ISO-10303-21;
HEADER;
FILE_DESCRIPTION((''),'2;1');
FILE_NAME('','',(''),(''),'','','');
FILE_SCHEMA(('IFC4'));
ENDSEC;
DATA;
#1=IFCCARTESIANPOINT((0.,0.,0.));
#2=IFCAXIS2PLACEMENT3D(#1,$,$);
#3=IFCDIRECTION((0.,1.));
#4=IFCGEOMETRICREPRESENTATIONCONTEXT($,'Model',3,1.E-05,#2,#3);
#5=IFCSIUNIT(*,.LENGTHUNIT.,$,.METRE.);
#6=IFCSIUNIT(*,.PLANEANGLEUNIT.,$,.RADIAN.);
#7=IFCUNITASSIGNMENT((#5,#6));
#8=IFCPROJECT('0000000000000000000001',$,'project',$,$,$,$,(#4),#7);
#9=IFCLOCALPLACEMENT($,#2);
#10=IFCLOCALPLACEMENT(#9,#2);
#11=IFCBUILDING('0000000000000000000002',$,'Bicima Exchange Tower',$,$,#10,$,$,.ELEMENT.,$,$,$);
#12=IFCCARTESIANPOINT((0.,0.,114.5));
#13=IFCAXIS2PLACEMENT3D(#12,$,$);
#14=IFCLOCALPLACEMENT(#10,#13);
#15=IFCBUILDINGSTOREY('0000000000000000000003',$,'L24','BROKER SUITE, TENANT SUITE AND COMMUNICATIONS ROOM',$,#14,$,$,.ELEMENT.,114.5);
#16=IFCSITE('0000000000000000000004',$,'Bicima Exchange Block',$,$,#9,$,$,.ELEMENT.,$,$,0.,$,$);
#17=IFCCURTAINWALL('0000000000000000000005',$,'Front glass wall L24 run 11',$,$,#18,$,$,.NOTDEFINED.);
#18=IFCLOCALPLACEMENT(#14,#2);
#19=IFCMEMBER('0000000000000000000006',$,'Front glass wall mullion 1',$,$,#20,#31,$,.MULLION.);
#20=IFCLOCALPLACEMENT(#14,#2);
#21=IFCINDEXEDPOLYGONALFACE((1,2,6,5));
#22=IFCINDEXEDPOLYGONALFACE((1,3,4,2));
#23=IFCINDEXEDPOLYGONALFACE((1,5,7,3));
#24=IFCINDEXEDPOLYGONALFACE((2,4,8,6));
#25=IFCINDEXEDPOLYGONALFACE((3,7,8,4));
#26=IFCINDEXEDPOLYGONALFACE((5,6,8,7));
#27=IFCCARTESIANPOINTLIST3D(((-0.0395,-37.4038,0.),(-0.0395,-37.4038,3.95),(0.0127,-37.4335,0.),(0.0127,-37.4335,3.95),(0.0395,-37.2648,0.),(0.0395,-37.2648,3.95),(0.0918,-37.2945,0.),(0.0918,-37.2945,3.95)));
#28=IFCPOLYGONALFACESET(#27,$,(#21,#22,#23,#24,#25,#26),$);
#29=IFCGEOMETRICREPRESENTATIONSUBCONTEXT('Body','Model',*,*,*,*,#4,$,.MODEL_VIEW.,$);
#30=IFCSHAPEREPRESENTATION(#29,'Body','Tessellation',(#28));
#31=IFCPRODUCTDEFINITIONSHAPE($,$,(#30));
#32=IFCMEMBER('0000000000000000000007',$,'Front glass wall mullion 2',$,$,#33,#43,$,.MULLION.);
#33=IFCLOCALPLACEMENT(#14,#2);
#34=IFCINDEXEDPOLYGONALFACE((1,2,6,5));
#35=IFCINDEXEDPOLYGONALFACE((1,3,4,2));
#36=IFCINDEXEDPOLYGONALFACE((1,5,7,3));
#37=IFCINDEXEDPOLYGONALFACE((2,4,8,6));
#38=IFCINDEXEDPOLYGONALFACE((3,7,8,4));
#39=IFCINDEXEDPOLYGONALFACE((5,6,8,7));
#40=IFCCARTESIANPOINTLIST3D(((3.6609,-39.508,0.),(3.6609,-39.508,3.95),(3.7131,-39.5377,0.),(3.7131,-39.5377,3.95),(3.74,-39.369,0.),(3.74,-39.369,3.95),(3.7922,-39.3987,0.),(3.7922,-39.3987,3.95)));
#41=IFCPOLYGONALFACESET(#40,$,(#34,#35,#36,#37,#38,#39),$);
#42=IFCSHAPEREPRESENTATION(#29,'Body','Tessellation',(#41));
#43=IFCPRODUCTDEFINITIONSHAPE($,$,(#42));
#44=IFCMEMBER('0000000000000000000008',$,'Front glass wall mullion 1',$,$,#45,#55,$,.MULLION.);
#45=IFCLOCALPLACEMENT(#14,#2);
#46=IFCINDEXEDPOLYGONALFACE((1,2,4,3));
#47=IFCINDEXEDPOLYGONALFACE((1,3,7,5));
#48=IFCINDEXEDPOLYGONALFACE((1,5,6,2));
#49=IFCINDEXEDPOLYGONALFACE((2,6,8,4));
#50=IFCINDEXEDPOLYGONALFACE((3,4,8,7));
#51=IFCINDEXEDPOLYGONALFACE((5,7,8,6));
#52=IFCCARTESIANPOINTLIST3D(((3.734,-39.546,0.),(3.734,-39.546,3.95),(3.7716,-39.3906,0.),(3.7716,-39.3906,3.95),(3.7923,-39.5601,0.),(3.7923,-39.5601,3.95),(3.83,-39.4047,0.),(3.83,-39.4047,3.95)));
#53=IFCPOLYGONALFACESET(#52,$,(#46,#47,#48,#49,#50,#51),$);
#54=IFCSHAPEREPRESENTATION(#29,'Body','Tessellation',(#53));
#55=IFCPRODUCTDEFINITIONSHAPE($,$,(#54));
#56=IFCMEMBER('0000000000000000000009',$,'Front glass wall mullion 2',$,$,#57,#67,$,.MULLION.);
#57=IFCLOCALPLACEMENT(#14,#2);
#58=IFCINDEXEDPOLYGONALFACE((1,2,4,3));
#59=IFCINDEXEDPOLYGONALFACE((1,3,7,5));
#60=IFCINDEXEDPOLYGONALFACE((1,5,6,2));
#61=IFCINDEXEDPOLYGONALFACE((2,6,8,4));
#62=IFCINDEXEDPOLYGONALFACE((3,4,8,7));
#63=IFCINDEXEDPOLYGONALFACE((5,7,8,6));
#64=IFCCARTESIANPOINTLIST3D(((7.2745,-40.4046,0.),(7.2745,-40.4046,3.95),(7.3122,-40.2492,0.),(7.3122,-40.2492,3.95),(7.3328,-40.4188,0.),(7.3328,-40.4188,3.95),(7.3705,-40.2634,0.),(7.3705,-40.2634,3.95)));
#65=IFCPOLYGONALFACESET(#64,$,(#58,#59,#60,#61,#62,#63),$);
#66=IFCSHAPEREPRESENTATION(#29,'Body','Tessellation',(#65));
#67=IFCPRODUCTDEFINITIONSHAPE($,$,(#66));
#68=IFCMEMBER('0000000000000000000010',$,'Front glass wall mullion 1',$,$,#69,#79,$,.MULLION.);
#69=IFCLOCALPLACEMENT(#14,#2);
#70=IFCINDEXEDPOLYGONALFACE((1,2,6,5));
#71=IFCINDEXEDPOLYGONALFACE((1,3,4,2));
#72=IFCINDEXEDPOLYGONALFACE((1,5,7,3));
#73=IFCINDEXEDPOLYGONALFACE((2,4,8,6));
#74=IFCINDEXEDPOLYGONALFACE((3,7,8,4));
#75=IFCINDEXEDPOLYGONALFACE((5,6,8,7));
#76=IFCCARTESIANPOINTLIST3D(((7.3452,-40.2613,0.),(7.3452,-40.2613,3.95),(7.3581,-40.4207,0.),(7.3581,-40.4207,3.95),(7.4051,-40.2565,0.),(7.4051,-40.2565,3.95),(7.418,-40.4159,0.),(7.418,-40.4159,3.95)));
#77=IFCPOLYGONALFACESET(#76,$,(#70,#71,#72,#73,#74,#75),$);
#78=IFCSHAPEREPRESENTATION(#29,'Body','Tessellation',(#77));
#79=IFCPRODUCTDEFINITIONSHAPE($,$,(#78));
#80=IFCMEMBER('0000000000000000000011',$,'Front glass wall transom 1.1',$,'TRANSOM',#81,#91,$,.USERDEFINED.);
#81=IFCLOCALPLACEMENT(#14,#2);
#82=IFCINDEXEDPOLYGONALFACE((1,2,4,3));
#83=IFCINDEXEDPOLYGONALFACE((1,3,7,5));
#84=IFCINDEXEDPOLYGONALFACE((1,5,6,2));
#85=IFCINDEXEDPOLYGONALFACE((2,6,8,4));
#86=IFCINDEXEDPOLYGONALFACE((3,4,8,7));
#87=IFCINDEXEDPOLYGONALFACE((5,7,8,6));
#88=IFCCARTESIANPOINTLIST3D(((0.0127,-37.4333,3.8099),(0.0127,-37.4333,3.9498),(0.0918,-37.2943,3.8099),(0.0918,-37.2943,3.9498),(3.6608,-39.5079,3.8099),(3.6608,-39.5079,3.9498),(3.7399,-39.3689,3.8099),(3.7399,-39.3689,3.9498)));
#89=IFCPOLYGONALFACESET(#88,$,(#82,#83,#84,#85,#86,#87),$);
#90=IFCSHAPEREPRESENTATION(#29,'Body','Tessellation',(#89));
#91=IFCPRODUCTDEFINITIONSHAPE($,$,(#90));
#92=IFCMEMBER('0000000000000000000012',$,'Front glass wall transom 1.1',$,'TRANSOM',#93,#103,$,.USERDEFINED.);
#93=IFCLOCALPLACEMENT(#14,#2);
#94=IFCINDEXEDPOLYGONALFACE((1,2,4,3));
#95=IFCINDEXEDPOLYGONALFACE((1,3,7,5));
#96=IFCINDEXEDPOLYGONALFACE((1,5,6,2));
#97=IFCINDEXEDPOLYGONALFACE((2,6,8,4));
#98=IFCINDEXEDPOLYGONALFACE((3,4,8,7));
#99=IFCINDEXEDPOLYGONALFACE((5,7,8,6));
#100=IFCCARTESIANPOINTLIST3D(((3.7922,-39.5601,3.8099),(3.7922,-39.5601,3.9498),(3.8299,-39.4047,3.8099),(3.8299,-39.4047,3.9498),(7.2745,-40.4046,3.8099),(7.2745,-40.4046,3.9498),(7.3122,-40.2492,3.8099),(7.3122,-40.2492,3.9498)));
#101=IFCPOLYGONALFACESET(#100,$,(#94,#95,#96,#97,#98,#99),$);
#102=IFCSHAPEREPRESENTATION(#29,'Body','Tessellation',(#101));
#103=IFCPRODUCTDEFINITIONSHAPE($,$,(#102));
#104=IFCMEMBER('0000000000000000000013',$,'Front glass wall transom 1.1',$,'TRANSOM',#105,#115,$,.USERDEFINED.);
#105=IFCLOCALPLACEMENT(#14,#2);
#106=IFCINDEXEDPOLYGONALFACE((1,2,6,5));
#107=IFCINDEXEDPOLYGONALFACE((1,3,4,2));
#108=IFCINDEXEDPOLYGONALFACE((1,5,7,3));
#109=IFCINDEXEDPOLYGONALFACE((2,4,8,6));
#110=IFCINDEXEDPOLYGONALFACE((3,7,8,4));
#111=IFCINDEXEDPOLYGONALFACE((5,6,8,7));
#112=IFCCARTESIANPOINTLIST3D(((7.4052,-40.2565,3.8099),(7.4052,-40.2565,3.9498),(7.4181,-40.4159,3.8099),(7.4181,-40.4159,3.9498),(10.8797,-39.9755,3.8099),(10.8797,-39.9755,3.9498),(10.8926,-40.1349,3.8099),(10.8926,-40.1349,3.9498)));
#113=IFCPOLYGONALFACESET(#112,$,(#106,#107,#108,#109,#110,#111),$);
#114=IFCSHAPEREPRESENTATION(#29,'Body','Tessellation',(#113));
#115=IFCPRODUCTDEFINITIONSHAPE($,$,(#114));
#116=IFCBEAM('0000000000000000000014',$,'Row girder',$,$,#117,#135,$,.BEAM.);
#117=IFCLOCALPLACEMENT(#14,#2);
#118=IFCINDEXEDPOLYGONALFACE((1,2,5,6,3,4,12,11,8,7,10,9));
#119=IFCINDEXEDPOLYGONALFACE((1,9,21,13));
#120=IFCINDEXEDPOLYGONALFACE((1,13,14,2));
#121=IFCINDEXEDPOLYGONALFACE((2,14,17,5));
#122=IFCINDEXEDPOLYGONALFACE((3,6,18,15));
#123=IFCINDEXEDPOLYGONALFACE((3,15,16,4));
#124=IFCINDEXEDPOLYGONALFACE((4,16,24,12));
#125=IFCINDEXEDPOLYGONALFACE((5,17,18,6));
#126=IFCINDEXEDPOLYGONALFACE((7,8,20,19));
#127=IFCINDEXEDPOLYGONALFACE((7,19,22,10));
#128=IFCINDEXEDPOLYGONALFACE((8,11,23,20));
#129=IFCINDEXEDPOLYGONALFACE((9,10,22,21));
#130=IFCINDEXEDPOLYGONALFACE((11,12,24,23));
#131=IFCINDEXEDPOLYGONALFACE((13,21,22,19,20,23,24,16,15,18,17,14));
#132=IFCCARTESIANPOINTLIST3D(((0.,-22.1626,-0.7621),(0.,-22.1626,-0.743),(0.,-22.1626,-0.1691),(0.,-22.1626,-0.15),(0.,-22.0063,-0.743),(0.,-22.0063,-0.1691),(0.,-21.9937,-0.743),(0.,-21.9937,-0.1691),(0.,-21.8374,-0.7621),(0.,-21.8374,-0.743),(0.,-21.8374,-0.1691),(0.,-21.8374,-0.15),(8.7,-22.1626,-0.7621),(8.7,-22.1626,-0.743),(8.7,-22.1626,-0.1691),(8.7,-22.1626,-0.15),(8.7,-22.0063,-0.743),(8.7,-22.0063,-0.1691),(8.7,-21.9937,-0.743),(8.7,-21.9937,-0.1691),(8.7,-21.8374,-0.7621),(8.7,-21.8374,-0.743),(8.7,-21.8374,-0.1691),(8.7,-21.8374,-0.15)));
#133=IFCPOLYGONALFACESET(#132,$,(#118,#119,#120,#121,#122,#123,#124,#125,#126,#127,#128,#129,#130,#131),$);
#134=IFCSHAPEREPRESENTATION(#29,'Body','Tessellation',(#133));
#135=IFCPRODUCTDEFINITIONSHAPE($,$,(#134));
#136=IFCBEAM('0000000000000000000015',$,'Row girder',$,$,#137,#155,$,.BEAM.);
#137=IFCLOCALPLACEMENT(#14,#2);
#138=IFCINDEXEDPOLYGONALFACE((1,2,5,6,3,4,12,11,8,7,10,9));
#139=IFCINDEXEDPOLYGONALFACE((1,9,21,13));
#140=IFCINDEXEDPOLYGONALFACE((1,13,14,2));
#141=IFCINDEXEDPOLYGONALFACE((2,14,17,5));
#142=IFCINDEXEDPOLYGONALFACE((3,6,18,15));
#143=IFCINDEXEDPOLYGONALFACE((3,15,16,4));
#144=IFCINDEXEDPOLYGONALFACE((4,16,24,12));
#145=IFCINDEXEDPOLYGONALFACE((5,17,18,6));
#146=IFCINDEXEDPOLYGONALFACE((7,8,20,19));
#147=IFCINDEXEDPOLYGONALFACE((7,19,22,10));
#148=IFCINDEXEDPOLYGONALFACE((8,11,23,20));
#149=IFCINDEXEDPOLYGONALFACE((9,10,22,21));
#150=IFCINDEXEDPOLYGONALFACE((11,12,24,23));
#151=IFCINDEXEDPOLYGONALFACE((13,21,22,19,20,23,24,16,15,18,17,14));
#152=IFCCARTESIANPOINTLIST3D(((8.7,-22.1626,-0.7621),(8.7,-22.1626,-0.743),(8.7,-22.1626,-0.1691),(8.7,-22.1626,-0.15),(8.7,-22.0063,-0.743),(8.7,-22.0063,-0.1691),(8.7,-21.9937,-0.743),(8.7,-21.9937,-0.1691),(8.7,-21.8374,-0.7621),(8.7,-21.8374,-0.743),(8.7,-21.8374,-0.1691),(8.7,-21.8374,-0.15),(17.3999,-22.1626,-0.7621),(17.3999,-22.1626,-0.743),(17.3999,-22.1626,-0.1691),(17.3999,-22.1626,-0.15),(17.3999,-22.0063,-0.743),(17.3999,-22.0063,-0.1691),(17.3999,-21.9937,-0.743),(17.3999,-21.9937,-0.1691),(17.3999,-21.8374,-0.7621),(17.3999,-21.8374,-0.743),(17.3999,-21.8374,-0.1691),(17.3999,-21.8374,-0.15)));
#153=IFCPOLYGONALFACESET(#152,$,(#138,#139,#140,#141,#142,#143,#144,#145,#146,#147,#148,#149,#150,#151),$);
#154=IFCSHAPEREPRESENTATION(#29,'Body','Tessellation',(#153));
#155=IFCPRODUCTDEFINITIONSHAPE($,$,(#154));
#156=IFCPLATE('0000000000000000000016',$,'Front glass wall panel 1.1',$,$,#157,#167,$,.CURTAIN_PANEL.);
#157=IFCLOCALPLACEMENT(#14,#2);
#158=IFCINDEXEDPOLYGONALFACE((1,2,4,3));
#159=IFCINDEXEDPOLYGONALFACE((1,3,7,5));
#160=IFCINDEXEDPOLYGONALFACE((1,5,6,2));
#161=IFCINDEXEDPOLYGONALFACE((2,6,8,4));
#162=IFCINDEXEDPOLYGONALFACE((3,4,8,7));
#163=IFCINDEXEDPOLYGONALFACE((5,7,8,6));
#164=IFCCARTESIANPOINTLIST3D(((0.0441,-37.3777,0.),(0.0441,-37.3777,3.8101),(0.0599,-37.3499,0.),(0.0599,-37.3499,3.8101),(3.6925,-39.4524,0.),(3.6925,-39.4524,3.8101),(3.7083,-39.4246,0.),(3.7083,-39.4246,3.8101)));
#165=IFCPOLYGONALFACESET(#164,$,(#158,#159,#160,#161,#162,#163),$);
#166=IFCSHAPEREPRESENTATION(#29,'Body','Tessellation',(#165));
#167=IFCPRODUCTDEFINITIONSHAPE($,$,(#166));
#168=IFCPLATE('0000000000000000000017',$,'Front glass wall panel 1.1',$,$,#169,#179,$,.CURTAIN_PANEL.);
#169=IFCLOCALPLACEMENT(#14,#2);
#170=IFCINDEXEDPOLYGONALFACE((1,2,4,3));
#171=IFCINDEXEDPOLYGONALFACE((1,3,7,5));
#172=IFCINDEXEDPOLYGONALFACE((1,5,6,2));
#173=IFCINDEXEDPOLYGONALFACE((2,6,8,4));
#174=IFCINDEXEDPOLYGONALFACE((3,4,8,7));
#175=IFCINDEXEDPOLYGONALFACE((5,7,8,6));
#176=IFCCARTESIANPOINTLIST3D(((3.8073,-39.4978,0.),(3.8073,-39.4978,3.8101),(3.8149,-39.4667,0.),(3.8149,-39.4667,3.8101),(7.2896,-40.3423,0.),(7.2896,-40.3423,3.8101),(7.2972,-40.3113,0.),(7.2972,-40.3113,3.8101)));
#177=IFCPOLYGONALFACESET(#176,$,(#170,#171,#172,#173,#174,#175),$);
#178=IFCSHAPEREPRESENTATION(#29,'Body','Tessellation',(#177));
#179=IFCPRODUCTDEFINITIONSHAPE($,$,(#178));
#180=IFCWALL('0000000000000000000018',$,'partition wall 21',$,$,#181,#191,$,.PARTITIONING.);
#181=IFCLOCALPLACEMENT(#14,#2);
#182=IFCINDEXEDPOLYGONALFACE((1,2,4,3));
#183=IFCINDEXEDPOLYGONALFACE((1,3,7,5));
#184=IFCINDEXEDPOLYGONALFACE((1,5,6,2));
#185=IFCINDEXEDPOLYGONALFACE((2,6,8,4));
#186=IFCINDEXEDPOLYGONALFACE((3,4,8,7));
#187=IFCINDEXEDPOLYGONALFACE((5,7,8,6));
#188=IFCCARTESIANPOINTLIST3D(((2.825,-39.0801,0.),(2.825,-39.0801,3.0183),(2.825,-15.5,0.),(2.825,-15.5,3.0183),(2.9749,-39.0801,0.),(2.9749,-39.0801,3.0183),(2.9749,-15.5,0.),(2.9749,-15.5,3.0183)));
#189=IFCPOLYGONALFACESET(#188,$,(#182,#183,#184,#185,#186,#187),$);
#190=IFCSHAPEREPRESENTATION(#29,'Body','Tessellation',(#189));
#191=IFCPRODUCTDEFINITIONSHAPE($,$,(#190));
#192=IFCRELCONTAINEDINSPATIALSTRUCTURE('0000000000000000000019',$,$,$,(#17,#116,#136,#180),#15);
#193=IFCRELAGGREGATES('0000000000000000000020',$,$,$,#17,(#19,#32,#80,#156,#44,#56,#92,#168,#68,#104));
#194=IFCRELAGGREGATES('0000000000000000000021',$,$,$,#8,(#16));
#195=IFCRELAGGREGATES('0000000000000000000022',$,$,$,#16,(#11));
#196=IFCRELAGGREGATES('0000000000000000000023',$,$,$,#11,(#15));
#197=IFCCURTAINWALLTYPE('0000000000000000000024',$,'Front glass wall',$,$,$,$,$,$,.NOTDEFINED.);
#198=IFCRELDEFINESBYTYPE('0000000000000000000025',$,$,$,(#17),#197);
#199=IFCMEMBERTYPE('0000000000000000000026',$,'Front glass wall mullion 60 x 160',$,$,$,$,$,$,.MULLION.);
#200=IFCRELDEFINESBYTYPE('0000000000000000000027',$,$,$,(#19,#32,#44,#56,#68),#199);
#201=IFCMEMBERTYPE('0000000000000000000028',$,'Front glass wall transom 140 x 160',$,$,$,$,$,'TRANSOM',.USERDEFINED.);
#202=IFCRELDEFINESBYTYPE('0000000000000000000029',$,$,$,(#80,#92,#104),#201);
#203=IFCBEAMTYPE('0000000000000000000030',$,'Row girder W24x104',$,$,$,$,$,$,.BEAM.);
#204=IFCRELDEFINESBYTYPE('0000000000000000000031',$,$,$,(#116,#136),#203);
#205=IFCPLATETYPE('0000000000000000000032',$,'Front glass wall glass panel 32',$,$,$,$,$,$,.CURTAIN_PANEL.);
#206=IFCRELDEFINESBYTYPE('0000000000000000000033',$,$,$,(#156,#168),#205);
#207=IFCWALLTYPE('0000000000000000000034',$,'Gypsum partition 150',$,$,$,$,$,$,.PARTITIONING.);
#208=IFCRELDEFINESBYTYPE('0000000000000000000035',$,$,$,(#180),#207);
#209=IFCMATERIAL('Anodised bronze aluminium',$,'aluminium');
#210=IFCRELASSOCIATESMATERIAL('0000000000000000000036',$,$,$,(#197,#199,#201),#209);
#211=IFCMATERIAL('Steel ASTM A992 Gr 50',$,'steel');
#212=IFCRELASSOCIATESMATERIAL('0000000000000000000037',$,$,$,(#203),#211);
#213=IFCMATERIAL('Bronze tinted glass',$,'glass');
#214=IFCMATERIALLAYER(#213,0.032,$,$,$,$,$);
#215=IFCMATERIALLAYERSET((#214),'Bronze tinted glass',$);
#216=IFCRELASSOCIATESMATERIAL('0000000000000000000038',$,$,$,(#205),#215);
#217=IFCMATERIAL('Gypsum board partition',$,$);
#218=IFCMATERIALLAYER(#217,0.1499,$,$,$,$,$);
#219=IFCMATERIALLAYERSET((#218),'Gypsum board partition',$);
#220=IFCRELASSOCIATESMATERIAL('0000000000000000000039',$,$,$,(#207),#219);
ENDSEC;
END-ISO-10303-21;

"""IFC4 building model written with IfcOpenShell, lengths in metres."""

from ifc_helpers import new_model, si_unit, direction, frame, frame_2d, origin, origin_2d, place, context, subcontext, project, spatial, rectangle, i_section, extrude, material, layer, layer_set, material_profile, profile_set, type_object, element, aggregate, save


model = new_model("IFC4")

# Units and contexts
model_context = context("Model", 3, precision=1e-05, world=origin(), true_north=direction((0.0, 1.0)))
body_context = subcontext(model_context, "Body", "Model", "MODEL_VIEW")
ifc_project = project(units=[si_unit("LENGTHUNIT", "METRE"), si_unit("PLANEANGLEUNIT", "RADIAN")], contexts=[model_context])

# Site, building, storey
site_placement = place(None, origin())
site = spatial("IfcSite", under=ifc_project, at=site_placement, Name="Bicima Exchange Block", CompositionType="ELEMENT", RefElevation=0.0)
building_placement = place(site_placement, origin())
building = spatial("IfcBuilding", under=site, at=building_placement, Name="Bicima Exchange Tower", CompositionType="ELEMENT")
storey_placement = place(building_placement, frame((0.0, 0.0, 114.5)))
storey = spatial("IfcBuildingStorey", under=building, at=storey_placement, Name="L24", Description="BROKER SUITE, TENANT SUITE AND COMMUNICATIONS ROOM", CompositionType="ELEMENT", Elevation=114.5)

# Shared definitions
ifc_material_1 = material(Name="Steel ASTM A992 Gr 50", Category="steel")

# Curtain wall, members
ifc_material_2 = material(Name="Anodised bronze aluminium", Category="aluminium")
curtain_wall_type = type_object("IfcCurtainWallType", Name="Front glass wall", PredefinedType="NOTDEFINED", material=ifc_material_2)
curtain_wall_placement = place(storey_placement, origin())
curtain_wall = element("IfcCurtainWall", 1, at=curtain_wall_placement, inside=storey, type_object=curtain_wall_type, Name="Front glass wall L24 run 11", PredefinedType="NOTDEFINED")
ifc_material_profile_1 = material_profile(ifc_material_2, rectangle(XDim=0.1599, YDim=0.0601, at=origin_2d()))
ifc_profile_set_1 = profile_set([ifc_material_profile_1], Name="Anodised bronze aluminium")
member_type_1 = type_object("IfcMemberType", Name="Front glass wall mullion 60 x 160", PredefinedType="MULLION", material=ifc_profile_set_1)
member_1_placement = place(storey_placement, frame((0.0261, -37.3491, 0.0), z_axis=(0.0, 0.0, 1.0), x_axis=(0.49433, 0.869274, 0.0)))
member_1 = element("IfcMember", 2, at=member_1_placement, type_object=member_type_1, Name="Front glass wall mullion 1", PredefinedType="MULLION", context=body_context, shape_type="SweptSolid", body=[
    extrude(rectangle(XDim=0.1599, YDim=0.0601, at=origin_2d()), origin(), (0.0, 0.0, 1.0), 3.95),
])
member_2_placement = place(storey_placement, frame((3.7266, -39.4534, 0.0), z_axis=(0.0, 0.0, 1.0), x_axis=(0.49433, 0.869274, 0.0)))
member_2 = element("IfcMember", 3, at=member_2_placement, type_object=member_type_1, Name="Front glass wall mullion 2", PredefinedType="MULLION", context=body_context, shape_type="SweptSolid", body=[
    extrude(rectangle(XDim=0.1599, YDim=0.0601, at=origin_2d()), origin(), (0.0, 0.0, 1.0), 3.95),
])
member_3_placement = place(storey_placement, frame((3.782, -39.4753, 0.0), z_axis=(0.0, 0.0, 1.0), x_axis=(0.235682, 0.97183, 0.0)))
member_3 = element("IfcMember", 4, at=member_3_placement, type_object=member_type_1, Name="Front glass wall mullion 1", PredefinedType="MULLION", context=body_context, shape_type="SweptSolid", body=[
    extrude(rectangle(XDim=0.1599, YDim=0.0601, at=origin_2d()), origin(), (0.0, 0.0, 1.0), 3.95),
])
member_4_placement = place(storey_placement, frame((7.3225, -40.334, 0.0), z_axis=(0.0, 0.0, 1.0), x_axis=(0.235682, 0.97183, 0.0)))
member_4 = element("IfcMember", 5, at=member_4_placement, type_object=member_type_1, Name="Front glass wall mullion 2", PredefinedType="MULLION", context=body_context, shape_type="SweptSolid", body=[
    extrude(rectangle(XDim=0.1599, YDim=0.0601, at=origin_2d()), origin(), (0.0, 0.0, 1.0), 3.95),
])
member_5_placement = place(storey_placement, frame((7.3816, -40.3386, 0.0), z_axis=(0.0, 0.0, 1.0), x_axis=(-0.080589, 0.996747, 0.0)))
member_5 = element("IfcMember", 6, at=member_5_placement, type_object=member_type_1, Name="Front glass wall mullion 1", PredefinedType="MULLION", context=body_context, shape_type="SweptSolid", body=[
    extrude(rectangle(XDim=0.1599, YDim=0.0601, at=origin_2d()), origin(), (0.0, 0.0, 1.0), 3.95),
])
ifc_material_profile_2 = material_profile(ifc_material_2, rectangle(XDim=0.1599, YDim=0.1399, at=origin_2d()))
ifc_profile_set_2 = profile_set([ifc_material_profile_2], Name="Anodised bronze aluminium")
member_type_2 = type_object("IfcMemberType", Name="Front glass wall transom 140 x 160", ElementType="TRANSOM", PredefinedType="USERDEFINED", material=ifc_profile_set_2)
member_6_placement = place(storey_placement, frame((0.0522, -37.3638, 3.8799), z_axis=(0.869265, -0.494346, 0.0), x_axis=(0.494346, 0.869265, 0.0)))
member_6 = element("IfcMember", 7, at=member_6_placement, type_object=member_type_2, Name="Front glass wall transom 1.1", ObjectType="TRANSOM", PredefinedType="USERDEFINED", context=body_context, shape_type="SweptSolid", body=[
    extrude(rectangle(XDim=0.1599, YDim=0.1399, at=origin_2d()), origin(), (0.0, 0.0, 1.0), 4.1968),
])
member_7_placement = place(storey_placement, frame((3.811, -39.4824, 3.8799), z_axis=(0.971834, -0.235668, 0.0), x_axis=(0.235668, 0.971834, 0.0)))
member_7 = element("IfcMember", 8, at=member_7_placement, type_object=member_type_2, Name="Front glass wall transom 1.1", ObjectType="TRANSOM", PredefinedType="USERDEFINED", context=body_context, shape_type="SweptSolid", body=[
    extrude(rectangle(XDim=0.1599, YDim=0.1399, at=origin_2d()), origin(), (0.0, 0.0, 1.0), 3.5833),
])
member_8_placement = place(storey_placement, frame((7.4116, -40.3362, 3.8799), z_axis=(0.996746, 0.080611, 0.0), x_axis=(-0.080611, 0.996746, 0.0)))
member_8 = element("IfcMember", 9, at=member_8_placement, type_object=member_type_2, Name="Front glass wall transom 1.1", ObjectType="TRANSOM", PredefinedType="USERDEFINED", context=body_context, shape_type="SweptSolid", body=[
    extrude(rectangle(XDim=0.1599, YDim=0.1399, at=origin_2d()), origin(), (0.0, 0.0, 1.0), 3.4858),
])

# Beams
ifc_material_profile_3 = material_profile(ifc_material_1, i_section(OverallWidth=0.3252, OverallDepth=0.6121, WebThickness=0.0127, FlangeThickness=0.019, at=origin_2d()))
ifc_profile_set_3 = profile_set([ifc_material_profile_3], Name="Steel ASTM A992 Gr 50")
beam_type_1 = type_object("IfcBeamType", Name="Row girder W24x104", PredefinedType="BEAM", material=ifc_profile_set_3)
for number, where, z_axis, x_axis, name in (
    (10, (0.0, -22.0, -0.4561), (1.0, 0.0, 0.0), (0.0, 1.0, 0.0), "Row girder"),
    (11, (8.7, -22.0, -0.4561), (1.0, 0.0, 0.0), (0.0, 1.0, 0.0), "Row girder"),
):
    element("IfcBeam", number, at=place(storey_placement, frame(where, z_axis=z_axis, x_axis=x_axis)), inside=storey, type_object=beam_type_1, Name=name, PredefinedType="BEAM", context=body_context, shape_type="SweptSolid", body=[
        extrude(i_section(OverallWidth=0.3252, OverallDepth=0.6121, WebThickness=0.0127, FlangeThickness=0.019, at=origin_2d()), origin(), (0.0, 0.0, 1.0), 8.7),
    ])

# Plates
ifc_material_3 = material(Name="Bronze tinted glass", Category="glass")
ifc_layer_1 = layer(ifc_material_3, 0.032)
ifc_layer_set_1 = layer_set([ifc_layer_1], Name="Bronze tinted glass")
plate_type = type_object("IfcPlateType", Name="Front glass wall glass panel 32", PredefinedType="CURTAIN_PANEL", material=ifc_layer_set_1)
plate_1_placement = place(storey_placement, frame((1.8762, -38.4011, 0.0), z_axis=(0.0, 0.0, 1.0), x_axis=(0.869274, -0.49433, 0.0)))
plate_1 = element("IfcPlate", 12, at=plate_1_placement, type_object=plate_type, Name="Front glass wall panel 1.1", PredefinedType="CURTAIN_PANEL", context=body_context, shape_type="SweptSolid", body=[
    extrude(rectangle(XDim=4.197, YDim=0.032, at=origin_2d()), origin(), (0.0, 0.0, 1.0), 3.8101),
])
plate_2_placement = place(storey_placement, frame((5.5522, -39.9045, 0.0), z_axis=(0.0, 0.0, 1.0), x_axis=(0.97183, -0.235682, 0.0)))
plate_2 = element("IfcPlate", 13, at=plate_2_placement, type_object=plate_type, Name="Front glass wall panel 1.1", PredefinedType="CURTAIN_PANEL", context=body_context, shape_type="SweptSolid", body=[
    extrude(rectangle(XDim=3.5833, YDim=0.032, at=origin_2d()), origin(), (0.0, 0.0, 1.0), 3.8101),
])
aggregate(curtain_wall, [member_1, member_2, member_6, plate_1, member_3, member_4, member_7, plate_2, member_5, member_8])

# Wall
ifc_material_4 = material(Name="Gypsum board partition")
ifc_layer_2 = layer(ifc_material_4, 0.1499)
ifc_layer_set_2 = layer_set([ifc_layer_2], Name="Gypsum board partition")
wall_type = type_object("IfcWallType", Name="Gypsum partition 150", PredefinedType="PARTITIONING", material=ifc_layer_set_2)
wall_1_placement = place(storey_placement, frame((2.8999, -39.0801, 0.0), z_axis=(0.0, 0.0, 1.0), x_axis=(0.0, 1.0, 0.0)))
element("IfcWall", 14, at=wall_1_placement, inside=storey, type_object=wall_type, Name="partition wall 21", PredefinedType="PARTITIONING", context=body_context, shape_type="SweptSolid", body=[
    extrude(rectangle(XDim=23.5801, YDim=0.1499, at=frame_2d((11.79, 0.0))), origin(), (0.0, 0.0, 1.0), 3.0183),
])

save(model, "model.ifc")
